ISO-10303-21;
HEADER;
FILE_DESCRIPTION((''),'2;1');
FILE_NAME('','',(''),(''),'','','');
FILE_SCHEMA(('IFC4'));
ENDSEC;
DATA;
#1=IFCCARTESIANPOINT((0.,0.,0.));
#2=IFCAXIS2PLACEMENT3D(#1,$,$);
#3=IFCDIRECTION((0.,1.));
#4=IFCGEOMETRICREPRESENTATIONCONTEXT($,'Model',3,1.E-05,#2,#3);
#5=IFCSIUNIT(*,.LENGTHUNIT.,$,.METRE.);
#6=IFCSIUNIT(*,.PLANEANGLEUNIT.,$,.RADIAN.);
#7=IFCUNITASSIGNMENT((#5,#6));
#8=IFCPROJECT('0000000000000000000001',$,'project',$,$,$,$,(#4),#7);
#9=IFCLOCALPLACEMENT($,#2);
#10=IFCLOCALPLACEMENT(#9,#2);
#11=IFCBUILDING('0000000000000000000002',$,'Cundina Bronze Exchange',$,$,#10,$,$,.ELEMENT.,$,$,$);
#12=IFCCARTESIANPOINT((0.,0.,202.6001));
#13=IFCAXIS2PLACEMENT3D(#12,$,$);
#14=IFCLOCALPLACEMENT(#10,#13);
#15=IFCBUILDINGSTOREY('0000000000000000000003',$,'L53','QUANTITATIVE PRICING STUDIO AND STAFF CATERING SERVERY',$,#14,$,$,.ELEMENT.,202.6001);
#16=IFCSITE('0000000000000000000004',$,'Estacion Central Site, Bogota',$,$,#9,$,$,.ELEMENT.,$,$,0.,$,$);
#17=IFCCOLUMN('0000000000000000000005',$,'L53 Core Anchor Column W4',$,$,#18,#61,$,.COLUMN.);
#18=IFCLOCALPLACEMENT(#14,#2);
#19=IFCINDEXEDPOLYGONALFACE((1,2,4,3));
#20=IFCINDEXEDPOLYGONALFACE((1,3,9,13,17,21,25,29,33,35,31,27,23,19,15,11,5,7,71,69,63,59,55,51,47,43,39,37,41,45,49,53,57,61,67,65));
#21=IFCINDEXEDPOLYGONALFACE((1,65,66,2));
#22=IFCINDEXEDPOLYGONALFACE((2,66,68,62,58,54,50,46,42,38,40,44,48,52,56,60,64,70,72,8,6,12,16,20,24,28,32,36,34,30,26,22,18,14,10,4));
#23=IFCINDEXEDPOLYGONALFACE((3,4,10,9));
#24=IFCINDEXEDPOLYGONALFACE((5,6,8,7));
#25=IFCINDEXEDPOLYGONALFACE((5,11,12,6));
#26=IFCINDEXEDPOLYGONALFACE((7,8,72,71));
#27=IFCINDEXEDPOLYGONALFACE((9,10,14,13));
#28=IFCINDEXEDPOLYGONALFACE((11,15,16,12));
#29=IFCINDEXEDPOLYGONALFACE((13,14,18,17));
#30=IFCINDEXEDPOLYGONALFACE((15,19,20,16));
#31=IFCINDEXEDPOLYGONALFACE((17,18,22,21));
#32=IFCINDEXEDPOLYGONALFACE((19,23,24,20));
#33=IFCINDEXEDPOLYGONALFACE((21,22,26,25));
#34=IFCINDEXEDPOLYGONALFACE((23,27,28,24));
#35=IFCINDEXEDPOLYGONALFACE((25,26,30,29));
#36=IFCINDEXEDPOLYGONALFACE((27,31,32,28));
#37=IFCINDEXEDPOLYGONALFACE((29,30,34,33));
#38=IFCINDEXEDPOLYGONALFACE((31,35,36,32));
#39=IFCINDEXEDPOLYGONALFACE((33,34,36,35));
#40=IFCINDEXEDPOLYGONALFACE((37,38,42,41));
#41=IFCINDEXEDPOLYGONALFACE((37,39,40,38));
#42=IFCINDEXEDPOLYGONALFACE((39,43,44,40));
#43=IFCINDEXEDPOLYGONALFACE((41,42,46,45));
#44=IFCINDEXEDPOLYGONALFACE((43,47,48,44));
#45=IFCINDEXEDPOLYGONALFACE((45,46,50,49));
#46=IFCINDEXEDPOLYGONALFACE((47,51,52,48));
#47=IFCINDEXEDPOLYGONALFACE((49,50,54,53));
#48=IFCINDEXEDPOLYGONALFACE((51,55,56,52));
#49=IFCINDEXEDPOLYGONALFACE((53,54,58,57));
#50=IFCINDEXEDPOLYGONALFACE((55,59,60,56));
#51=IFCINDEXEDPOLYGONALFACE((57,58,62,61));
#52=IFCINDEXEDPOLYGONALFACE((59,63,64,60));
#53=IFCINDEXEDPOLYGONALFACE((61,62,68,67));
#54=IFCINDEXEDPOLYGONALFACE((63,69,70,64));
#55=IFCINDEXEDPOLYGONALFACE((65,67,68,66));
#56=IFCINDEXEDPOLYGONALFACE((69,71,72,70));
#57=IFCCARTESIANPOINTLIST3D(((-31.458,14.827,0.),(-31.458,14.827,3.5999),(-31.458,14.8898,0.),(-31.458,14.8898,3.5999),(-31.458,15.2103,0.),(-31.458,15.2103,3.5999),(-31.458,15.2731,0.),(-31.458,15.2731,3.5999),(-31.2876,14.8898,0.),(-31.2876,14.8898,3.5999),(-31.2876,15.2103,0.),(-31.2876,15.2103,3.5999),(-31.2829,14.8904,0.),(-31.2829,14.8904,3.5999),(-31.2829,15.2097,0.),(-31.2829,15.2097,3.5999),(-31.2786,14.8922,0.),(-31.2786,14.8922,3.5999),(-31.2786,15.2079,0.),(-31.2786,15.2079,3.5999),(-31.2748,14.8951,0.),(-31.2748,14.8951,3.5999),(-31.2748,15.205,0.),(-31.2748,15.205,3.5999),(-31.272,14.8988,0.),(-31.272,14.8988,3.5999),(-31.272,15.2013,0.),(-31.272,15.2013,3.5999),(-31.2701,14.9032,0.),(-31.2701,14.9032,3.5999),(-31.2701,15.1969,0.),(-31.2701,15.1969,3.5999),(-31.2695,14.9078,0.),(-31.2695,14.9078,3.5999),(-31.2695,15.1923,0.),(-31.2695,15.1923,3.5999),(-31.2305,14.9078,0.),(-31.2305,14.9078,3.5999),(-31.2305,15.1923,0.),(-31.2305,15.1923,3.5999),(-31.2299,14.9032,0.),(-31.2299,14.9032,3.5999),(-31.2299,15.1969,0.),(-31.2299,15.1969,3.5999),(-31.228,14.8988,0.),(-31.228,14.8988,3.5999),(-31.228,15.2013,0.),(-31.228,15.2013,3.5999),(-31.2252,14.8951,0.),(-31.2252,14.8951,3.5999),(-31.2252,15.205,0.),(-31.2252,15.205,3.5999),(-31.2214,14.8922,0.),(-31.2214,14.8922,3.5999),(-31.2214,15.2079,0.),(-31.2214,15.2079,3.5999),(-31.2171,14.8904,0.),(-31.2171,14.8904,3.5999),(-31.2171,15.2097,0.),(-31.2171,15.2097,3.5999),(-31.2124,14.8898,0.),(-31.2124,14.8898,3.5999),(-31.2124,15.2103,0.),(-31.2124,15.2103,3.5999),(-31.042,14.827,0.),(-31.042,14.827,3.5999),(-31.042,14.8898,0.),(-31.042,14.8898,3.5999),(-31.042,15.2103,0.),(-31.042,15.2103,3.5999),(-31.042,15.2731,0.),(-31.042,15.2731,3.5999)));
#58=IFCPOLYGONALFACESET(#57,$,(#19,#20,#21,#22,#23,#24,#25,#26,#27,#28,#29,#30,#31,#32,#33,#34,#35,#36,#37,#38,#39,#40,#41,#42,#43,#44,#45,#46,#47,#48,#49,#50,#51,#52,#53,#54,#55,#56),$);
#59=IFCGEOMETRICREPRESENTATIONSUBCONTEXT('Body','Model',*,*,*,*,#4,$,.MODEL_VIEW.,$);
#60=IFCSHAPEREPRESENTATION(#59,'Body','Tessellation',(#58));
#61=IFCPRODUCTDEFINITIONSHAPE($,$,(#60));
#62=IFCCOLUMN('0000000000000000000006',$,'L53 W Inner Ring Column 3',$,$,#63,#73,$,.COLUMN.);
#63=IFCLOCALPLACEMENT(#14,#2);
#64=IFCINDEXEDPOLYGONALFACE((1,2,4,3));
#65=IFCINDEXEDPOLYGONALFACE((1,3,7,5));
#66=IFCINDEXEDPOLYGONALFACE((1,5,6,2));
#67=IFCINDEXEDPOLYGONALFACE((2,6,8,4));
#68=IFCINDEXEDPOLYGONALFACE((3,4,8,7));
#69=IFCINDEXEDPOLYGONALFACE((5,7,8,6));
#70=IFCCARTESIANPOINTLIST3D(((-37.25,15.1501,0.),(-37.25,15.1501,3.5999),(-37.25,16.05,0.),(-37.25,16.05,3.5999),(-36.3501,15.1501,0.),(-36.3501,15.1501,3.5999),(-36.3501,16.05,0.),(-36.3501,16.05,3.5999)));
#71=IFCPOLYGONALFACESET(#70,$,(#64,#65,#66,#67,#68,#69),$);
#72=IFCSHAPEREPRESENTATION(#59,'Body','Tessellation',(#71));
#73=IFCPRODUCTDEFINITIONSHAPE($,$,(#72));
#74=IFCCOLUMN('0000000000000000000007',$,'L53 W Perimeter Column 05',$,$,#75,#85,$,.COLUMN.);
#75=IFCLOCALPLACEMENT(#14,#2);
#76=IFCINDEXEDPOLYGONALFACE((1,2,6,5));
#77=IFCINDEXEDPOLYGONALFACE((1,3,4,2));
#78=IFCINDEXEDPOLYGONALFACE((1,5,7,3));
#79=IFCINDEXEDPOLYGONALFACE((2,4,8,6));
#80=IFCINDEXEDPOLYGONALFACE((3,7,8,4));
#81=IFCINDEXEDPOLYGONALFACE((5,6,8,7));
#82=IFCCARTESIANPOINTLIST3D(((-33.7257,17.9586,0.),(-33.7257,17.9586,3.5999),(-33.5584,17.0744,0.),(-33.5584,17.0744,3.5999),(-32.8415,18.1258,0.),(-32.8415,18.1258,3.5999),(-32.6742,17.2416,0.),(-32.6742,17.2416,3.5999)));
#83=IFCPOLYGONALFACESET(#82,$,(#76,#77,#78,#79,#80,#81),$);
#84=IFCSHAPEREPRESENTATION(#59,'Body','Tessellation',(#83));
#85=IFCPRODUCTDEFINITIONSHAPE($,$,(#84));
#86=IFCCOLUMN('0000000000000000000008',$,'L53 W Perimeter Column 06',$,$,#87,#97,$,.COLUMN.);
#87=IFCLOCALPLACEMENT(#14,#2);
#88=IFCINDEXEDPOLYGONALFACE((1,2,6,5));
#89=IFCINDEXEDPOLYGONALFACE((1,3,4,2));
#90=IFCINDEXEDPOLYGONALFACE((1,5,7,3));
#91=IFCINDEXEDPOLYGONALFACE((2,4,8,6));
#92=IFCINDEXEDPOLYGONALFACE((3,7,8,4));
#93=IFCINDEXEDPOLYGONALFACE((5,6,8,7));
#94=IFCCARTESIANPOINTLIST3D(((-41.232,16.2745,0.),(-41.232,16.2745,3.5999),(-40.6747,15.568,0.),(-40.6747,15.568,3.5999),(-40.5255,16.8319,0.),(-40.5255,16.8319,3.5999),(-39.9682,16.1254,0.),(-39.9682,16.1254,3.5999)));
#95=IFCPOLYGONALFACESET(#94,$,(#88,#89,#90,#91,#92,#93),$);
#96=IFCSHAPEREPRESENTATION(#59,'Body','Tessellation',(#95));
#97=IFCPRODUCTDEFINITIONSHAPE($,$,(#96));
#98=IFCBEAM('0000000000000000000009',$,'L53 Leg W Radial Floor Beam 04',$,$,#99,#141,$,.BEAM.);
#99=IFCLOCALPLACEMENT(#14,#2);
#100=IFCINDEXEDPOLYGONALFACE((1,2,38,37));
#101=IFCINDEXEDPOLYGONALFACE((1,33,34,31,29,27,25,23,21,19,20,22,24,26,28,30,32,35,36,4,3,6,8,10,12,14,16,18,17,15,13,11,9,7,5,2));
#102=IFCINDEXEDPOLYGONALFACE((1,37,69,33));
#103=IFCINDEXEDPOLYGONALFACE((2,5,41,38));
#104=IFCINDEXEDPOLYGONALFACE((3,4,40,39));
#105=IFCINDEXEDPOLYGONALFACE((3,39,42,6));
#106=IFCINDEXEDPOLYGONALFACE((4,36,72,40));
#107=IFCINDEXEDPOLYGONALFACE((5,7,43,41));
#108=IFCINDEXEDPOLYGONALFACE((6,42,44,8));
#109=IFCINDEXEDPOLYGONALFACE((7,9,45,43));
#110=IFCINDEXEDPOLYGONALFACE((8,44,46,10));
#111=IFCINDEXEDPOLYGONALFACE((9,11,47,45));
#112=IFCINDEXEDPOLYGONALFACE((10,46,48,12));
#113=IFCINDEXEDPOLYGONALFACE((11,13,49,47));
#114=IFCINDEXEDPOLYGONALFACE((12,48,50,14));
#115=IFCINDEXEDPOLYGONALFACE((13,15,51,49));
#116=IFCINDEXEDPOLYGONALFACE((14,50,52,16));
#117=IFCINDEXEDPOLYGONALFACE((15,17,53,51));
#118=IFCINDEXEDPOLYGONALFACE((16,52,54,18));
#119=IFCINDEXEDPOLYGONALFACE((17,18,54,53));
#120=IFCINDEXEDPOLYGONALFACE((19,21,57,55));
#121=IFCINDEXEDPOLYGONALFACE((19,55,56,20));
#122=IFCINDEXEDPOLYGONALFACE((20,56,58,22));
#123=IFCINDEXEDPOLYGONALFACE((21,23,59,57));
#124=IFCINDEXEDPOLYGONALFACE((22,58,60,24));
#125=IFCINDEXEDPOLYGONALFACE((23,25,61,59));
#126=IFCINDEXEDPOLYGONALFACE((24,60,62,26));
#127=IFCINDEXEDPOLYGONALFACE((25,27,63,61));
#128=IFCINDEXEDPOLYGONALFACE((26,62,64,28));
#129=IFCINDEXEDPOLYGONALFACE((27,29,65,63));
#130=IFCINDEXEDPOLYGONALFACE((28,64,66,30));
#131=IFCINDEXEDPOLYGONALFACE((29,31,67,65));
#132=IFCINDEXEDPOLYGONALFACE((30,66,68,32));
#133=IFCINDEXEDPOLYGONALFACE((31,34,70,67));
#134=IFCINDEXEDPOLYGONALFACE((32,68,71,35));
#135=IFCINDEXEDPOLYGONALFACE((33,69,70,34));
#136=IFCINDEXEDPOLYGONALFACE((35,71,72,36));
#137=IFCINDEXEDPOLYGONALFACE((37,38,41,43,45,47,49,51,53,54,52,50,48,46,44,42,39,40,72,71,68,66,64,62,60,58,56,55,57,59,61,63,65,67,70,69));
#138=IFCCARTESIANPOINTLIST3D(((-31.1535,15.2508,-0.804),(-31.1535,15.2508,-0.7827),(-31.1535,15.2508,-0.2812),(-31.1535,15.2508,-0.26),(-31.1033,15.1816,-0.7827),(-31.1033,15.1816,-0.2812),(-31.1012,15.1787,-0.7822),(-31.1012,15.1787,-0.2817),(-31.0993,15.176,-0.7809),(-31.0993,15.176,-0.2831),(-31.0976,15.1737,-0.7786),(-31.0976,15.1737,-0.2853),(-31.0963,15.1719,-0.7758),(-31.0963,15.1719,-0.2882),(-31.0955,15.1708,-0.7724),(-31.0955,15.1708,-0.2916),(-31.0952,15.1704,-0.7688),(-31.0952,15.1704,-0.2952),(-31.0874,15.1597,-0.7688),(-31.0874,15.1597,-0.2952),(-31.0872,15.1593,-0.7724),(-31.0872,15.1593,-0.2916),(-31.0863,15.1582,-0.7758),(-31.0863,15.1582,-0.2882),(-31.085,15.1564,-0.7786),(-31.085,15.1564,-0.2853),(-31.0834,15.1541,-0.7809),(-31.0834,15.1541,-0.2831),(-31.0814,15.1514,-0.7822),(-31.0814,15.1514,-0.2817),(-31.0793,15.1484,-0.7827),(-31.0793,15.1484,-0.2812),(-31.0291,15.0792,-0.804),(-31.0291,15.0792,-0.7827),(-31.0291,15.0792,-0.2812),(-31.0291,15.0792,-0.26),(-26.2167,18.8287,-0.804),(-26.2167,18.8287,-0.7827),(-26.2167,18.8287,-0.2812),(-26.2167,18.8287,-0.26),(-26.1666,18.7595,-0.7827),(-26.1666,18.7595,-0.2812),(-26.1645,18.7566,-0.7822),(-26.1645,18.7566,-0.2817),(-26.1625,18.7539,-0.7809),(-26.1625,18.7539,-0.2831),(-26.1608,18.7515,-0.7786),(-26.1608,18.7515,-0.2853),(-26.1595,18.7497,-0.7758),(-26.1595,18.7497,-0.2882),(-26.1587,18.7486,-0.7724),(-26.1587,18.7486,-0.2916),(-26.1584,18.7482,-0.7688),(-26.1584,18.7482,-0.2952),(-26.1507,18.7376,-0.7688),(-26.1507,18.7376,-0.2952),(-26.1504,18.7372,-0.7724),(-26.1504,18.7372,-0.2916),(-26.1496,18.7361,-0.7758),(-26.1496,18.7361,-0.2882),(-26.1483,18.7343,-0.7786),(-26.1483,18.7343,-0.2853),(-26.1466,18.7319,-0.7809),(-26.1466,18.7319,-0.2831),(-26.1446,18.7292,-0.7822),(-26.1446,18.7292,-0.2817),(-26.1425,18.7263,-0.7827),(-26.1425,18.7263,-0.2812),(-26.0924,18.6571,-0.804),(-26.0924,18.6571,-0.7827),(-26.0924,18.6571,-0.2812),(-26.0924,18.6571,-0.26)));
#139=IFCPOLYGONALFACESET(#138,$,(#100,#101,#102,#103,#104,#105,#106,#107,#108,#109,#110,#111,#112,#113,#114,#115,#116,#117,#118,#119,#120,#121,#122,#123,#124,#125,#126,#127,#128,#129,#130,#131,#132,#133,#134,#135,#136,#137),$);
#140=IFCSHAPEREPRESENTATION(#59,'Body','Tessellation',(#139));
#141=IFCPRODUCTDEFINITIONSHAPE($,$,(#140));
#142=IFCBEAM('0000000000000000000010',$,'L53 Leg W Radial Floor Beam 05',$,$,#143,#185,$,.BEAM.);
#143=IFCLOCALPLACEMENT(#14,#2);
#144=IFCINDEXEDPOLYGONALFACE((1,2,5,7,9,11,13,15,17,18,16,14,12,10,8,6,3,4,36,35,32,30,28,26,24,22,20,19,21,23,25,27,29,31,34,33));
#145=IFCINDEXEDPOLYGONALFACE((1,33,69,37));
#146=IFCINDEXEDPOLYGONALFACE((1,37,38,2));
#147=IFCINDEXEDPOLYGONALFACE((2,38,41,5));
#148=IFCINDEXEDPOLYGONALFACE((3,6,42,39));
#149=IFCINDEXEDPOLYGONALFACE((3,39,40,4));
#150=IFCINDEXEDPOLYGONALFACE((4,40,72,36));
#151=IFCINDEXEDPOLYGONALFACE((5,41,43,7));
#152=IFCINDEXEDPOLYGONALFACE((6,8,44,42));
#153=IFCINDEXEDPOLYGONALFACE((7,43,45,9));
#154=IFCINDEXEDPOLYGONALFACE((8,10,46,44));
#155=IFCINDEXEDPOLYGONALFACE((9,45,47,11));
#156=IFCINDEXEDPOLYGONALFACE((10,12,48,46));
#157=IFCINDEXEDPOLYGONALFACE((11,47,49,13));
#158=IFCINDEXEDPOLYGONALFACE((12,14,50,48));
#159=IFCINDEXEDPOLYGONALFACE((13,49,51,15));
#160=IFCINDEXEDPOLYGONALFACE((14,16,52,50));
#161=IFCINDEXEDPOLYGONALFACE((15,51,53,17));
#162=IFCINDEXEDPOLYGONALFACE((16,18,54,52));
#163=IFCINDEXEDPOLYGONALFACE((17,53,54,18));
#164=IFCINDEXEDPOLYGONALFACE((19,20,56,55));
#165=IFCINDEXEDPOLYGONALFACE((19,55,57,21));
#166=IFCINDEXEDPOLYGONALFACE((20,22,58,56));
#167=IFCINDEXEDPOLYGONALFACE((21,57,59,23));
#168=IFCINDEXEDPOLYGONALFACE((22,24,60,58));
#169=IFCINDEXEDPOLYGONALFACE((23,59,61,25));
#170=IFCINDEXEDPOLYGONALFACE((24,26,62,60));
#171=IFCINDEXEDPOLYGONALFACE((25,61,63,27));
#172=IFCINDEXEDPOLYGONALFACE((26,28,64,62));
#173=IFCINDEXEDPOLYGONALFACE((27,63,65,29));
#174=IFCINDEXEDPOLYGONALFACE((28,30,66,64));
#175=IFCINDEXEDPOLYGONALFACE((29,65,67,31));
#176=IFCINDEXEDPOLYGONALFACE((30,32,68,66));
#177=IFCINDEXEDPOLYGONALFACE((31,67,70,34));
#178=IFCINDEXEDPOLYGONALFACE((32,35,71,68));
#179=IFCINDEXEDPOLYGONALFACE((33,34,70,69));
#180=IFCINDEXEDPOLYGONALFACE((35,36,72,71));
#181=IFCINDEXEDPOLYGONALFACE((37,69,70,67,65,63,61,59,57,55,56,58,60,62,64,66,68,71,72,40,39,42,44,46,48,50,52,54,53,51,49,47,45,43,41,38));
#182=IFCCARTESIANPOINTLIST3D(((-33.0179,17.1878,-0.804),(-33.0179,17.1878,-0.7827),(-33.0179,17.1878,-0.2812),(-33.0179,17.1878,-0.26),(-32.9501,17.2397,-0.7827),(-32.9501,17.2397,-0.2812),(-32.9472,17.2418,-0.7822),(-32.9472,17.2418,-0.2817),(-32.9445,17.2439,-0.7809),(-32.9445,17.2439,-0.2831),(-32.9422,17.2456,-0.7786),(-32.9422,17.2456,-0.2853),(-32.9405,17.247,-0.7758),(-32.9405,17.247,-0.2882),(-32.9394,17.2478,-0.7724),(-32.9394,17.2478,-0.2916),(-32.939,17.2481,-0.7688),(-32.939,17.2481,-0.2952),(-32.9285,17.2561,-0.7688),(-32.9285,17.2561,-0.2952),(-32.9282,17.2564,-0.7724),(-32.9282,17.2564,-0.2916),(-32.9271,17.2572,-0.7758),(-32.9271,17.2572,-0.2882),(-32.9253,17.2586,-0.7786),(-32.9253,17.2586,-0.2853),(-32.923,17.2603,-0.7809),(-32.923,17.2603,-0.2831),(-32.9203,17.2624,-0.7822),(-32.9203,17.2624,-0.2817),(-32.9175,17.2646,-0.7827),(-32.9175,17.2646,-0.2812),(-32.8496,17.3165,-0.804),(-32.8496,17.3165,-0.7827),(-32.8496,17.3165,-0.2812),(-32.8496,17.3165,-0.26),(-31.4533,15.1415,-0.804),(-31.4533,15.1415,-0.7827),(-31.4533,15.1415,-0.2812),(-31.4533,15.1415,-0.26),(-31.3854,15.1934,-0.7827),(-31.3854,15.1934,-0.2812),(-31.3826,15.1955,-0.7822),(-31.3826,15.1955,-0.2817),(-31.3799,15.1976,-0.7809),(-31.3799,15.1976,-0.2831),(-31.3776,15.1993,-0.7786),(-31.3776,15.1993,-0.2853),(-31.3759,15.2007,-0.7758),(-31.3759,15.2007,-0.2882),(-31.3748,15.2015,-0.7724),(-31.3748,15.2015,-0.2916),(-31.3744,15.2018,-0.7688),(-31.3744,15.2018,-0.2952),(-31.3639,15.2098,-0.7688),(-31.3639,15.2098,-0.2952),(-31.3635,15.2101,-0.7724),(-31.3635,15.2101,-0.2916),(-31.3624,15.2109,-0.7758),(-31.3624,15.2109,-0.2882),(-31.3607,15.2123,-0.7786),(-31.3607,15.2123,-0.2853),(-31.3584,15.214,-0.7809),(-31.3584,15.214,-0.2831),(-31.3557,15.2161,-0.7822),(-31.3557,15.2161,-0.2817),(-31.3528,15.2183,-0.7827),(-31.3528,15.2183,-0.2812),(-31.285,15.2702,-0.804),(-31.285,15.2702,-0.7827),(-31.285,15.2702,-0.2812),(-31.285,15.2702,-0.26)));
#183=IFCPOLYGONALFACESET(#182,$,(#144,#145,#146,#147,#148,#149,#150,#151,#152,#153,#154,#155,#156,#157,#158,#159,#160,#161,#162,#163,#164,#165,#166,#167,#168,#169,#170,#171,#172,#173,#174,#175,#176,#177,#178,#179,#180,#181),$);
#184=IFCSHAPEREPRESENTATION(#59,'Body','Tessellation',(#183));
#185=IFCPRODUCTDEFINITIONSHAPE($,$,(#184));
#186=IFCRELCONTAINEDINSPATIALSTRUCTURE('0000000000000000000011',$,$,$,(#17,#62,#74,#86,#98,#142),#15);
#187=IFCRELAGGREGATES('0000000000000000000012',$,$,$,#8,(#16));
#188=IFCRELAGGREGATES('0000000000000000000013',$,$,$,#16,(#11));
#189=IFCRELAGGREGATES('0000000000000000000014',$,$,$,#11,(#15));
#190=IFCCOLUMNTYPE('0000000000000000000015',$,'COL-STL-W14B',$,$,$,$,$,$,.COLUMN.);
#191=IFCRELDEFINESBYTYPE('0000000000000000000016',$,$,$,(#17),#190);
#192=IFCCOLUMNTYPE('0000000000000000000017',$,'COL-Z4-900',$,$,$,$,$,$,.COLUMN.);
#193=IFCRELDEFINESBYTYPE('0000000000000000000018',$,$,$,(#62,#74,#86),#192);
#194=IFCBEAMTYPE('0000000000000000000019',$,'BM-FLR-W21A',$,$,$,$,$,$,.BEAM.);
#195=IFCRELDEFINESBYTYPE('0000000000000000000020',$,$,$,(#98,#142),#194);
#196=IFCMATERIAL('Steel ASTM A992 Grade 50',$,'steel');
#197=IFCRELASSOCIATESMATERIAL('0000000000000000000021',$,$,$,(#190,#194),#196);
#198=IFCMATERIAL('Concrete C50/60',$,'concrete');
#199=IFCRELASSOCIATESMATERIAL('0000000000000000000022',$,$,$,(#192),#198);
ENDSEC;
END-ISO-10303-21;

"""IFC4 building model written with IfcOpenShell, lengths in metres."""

from ifc_helpers import new_model, si_unit, direction, frame, origin, origin_2d, place, context, subcontext, project, spatial, rectangle, i_section, extrude, material, material_profile, profile_set, type_object, element, save


model = new_model("IFC4")

# Units and contexts
model_context = context("Model", 3, precision=1e-05, world=origin(), true_north=direction((0.0, 1.0)))
body_context = subcontext(model_context, "Body", "Model", "MODEL_VIEW")
ifc_project = project(units=[si_unit("LENGTHUNIT", "METRE"), si_unit("PLANEANGLEUNIT", "RADIAN")], contexts=[model_context])

# Site, building, storey
site_placement = place(None, origin())
site = spatial("IfcSite", under=ifc_project, at=site_placement, Name="Estacion Central Site, Bogota", CompositionType="ELEMENT", RefElevation=0.0)
building_placement = place(site_placement, origin())
building = spatial("IfcBuilding", under=site, at=building_placement, Name="Cundina Bronze Exchange", CompositionType="ELEMENT")
storey_placement = place(building_placement, frame((0.0, 0.0, 202.6001)))
storey = spatial("IfcBuildingStorey", under=building, at=storey_placement, Name="L53", Description="QUANTITATIVE PRICING STUDIO AND STAFF CATERING SERVERY", CompositionType="ELEMENT", Elevation=202.6001)

# Columns
ifc_material_1 = material(Name="Steel ASTM A992 Grade 50", Category="steel")
ifc_material_profile_1 = material_profile(ifc_material_1, i_section(OverallWidth=0.416, OverallDepth=0.446, WebThickness=0.0391, FlangeThickness=0.0627, FilletRadius=0.0181, at=origin_2d()), Name="W14X342", Category="steel")
ifc_profile_set_1 = profile_set([ifc_material_profile_1], Name="Steel ASTM A992 Grade 50")
column_type_1 = type_object("IfcColumnType", Name="COL-STL-W14B", PredefinedType="COLUMN", material=ifc_profile_set_1)
column_placement = place(storey_placement, frame((-31.25, 15.05, 0.0), z_axis=(0.0, 0.0, 1.0), x_axis=(1.0, 0.0, 0.0)))
element("IfcColumn", 1, at=column_placement, inside=storey, type_object=column_type_1, Name="L53 Core Anchor Column W4", PredefinedType="COLUMN", context=body_context, shape_type="SweptSolid", body=[
    extrude(i_section(OverallWidth=0.416, OverallDepth=0.446, WebThickness=0.0391, FlangeThickness=0.0627, FilletRadius=0.0181, at=origin_2d()), origin(), (0.0, 0.0, 1.0), 3.5999),
])
ifc_material_2 = material(Name="Concrete C50/60", Category="concrete")
ifc_material_profile_2 = material_profile(ifc_material_2, rectangle(XDim=0.8999, YDim=0.8999, at=origin_2d()), Name="RC900X900", Category="concrete")
ifc_profile_set_2 = profile_set([ifc_material_profile_2], Name="Concrete C50/60")
column_type_2 = type_object("IfcColumnType", Name="COL-Z4-900", PredefinedType="COLUMN", material=ifc_profile_set_2)
for number, where, z_axis, x_axis, name in (
    (2, (-36.8, 15.6001, 0.0), (0.0, 0.0, 1.0), (1.0, 0.0, 0.0), "L53 W Inner Ring Column 3"),
    (3, (-33.2, 17.6001, 0.0), (0.0, 0.0, 1.0), (-0.98258, -0.185838, 0.0), "L53 W Perimeter Column 05"),
    (4, (-40.6001, 16.2, 0.0), (0.0, 0.0, 1.0), (-0.785101, -0.619368, 0.0), "L53 W Perimeter Column 06"),
):
    element("IfcColumn", number, at=place(storey_placement, frame(where, z_axis=z_axis, x_axis=x_axis)), inside=storey, type_object=column_type_2, Name=name, PredefinedType="COLUMN", context=body_context, shape_type="SweptSolid", body=[
        extrude(rectangle(XDim=0.8999, YDim=0.8999, at=origin_2d()), origin(), (0.0, 0.0, 1.0), 3.5999),
    ])

# Beams
ifc_material_profile_3 = material_profile(ifc_material_1, i_section(OverallWidth=0.2119, OverallDepth=0.5439, WebThickness=0.0132, FlangeThickness=0.0212, FilletRadius=0.0139, at=origin_2d()), Name="W21X83", Category="steel")
ifc_profile_set_3 = profile_set([ifc_material_profile_3], Name="Steel ASTM A992 Grade 50")
beam_type_1 = type_object("IfcBeamType", Name="BM-FLR-W21A", PredefinedType="BEAM", material=ifc_profile_set_3)
beam_1_placement = place(storey_placement, frame((-31.0913, 15.165, -0.532), z_axis=(0.80971, 0.58683, 0.0), x_axis=(-0.58683, 0.80971, 0.0)))
element("IfcBeam", 5, at=beam_1_placement, inside=storey, type_object=beam_type_1, Name="L53 Leg W Radial Floor Beam 04", PredefinedType="BEAM", context=body_context, shape_type="SweptSolid", body=[
    extrude(i_section(OverallWidth=0.2119, OverallDepth=0.5439, WebThickness=0.0132, FlangeThickness=0.0212, FilletRadius=0.0139, at=origin_2d()), origin(), (0.0, 0.0, 1.0), 6.0969),
])
beam_2_placement = place(storey_placement, frame((-31.3691, 15.2058, -0.532), z_axis=(-0.607404, 0.794393, 0.0), x_axis=(-0.794393, -0.607404, 0.0)))
element("IfcBeam", 6, at=beam_2_placement, inside=storey, type_object=beam_type_1, Name="L53 Leg W Radial Floor Beam 05", PredefinedType="BEAM", context=body_context, shape_type="SweptSolid", body=[
    extrude(i_section(OverallWidth=0.2119, OverallDepth=0.5439, WebThickness=0.0132, FlangeThickness=0.0212, FilletRadius=0.0139, at=origin_2d()), origin(), (0.0, 0.0, 1.0), 2.5759),
])

save(model, "model.ifc")
